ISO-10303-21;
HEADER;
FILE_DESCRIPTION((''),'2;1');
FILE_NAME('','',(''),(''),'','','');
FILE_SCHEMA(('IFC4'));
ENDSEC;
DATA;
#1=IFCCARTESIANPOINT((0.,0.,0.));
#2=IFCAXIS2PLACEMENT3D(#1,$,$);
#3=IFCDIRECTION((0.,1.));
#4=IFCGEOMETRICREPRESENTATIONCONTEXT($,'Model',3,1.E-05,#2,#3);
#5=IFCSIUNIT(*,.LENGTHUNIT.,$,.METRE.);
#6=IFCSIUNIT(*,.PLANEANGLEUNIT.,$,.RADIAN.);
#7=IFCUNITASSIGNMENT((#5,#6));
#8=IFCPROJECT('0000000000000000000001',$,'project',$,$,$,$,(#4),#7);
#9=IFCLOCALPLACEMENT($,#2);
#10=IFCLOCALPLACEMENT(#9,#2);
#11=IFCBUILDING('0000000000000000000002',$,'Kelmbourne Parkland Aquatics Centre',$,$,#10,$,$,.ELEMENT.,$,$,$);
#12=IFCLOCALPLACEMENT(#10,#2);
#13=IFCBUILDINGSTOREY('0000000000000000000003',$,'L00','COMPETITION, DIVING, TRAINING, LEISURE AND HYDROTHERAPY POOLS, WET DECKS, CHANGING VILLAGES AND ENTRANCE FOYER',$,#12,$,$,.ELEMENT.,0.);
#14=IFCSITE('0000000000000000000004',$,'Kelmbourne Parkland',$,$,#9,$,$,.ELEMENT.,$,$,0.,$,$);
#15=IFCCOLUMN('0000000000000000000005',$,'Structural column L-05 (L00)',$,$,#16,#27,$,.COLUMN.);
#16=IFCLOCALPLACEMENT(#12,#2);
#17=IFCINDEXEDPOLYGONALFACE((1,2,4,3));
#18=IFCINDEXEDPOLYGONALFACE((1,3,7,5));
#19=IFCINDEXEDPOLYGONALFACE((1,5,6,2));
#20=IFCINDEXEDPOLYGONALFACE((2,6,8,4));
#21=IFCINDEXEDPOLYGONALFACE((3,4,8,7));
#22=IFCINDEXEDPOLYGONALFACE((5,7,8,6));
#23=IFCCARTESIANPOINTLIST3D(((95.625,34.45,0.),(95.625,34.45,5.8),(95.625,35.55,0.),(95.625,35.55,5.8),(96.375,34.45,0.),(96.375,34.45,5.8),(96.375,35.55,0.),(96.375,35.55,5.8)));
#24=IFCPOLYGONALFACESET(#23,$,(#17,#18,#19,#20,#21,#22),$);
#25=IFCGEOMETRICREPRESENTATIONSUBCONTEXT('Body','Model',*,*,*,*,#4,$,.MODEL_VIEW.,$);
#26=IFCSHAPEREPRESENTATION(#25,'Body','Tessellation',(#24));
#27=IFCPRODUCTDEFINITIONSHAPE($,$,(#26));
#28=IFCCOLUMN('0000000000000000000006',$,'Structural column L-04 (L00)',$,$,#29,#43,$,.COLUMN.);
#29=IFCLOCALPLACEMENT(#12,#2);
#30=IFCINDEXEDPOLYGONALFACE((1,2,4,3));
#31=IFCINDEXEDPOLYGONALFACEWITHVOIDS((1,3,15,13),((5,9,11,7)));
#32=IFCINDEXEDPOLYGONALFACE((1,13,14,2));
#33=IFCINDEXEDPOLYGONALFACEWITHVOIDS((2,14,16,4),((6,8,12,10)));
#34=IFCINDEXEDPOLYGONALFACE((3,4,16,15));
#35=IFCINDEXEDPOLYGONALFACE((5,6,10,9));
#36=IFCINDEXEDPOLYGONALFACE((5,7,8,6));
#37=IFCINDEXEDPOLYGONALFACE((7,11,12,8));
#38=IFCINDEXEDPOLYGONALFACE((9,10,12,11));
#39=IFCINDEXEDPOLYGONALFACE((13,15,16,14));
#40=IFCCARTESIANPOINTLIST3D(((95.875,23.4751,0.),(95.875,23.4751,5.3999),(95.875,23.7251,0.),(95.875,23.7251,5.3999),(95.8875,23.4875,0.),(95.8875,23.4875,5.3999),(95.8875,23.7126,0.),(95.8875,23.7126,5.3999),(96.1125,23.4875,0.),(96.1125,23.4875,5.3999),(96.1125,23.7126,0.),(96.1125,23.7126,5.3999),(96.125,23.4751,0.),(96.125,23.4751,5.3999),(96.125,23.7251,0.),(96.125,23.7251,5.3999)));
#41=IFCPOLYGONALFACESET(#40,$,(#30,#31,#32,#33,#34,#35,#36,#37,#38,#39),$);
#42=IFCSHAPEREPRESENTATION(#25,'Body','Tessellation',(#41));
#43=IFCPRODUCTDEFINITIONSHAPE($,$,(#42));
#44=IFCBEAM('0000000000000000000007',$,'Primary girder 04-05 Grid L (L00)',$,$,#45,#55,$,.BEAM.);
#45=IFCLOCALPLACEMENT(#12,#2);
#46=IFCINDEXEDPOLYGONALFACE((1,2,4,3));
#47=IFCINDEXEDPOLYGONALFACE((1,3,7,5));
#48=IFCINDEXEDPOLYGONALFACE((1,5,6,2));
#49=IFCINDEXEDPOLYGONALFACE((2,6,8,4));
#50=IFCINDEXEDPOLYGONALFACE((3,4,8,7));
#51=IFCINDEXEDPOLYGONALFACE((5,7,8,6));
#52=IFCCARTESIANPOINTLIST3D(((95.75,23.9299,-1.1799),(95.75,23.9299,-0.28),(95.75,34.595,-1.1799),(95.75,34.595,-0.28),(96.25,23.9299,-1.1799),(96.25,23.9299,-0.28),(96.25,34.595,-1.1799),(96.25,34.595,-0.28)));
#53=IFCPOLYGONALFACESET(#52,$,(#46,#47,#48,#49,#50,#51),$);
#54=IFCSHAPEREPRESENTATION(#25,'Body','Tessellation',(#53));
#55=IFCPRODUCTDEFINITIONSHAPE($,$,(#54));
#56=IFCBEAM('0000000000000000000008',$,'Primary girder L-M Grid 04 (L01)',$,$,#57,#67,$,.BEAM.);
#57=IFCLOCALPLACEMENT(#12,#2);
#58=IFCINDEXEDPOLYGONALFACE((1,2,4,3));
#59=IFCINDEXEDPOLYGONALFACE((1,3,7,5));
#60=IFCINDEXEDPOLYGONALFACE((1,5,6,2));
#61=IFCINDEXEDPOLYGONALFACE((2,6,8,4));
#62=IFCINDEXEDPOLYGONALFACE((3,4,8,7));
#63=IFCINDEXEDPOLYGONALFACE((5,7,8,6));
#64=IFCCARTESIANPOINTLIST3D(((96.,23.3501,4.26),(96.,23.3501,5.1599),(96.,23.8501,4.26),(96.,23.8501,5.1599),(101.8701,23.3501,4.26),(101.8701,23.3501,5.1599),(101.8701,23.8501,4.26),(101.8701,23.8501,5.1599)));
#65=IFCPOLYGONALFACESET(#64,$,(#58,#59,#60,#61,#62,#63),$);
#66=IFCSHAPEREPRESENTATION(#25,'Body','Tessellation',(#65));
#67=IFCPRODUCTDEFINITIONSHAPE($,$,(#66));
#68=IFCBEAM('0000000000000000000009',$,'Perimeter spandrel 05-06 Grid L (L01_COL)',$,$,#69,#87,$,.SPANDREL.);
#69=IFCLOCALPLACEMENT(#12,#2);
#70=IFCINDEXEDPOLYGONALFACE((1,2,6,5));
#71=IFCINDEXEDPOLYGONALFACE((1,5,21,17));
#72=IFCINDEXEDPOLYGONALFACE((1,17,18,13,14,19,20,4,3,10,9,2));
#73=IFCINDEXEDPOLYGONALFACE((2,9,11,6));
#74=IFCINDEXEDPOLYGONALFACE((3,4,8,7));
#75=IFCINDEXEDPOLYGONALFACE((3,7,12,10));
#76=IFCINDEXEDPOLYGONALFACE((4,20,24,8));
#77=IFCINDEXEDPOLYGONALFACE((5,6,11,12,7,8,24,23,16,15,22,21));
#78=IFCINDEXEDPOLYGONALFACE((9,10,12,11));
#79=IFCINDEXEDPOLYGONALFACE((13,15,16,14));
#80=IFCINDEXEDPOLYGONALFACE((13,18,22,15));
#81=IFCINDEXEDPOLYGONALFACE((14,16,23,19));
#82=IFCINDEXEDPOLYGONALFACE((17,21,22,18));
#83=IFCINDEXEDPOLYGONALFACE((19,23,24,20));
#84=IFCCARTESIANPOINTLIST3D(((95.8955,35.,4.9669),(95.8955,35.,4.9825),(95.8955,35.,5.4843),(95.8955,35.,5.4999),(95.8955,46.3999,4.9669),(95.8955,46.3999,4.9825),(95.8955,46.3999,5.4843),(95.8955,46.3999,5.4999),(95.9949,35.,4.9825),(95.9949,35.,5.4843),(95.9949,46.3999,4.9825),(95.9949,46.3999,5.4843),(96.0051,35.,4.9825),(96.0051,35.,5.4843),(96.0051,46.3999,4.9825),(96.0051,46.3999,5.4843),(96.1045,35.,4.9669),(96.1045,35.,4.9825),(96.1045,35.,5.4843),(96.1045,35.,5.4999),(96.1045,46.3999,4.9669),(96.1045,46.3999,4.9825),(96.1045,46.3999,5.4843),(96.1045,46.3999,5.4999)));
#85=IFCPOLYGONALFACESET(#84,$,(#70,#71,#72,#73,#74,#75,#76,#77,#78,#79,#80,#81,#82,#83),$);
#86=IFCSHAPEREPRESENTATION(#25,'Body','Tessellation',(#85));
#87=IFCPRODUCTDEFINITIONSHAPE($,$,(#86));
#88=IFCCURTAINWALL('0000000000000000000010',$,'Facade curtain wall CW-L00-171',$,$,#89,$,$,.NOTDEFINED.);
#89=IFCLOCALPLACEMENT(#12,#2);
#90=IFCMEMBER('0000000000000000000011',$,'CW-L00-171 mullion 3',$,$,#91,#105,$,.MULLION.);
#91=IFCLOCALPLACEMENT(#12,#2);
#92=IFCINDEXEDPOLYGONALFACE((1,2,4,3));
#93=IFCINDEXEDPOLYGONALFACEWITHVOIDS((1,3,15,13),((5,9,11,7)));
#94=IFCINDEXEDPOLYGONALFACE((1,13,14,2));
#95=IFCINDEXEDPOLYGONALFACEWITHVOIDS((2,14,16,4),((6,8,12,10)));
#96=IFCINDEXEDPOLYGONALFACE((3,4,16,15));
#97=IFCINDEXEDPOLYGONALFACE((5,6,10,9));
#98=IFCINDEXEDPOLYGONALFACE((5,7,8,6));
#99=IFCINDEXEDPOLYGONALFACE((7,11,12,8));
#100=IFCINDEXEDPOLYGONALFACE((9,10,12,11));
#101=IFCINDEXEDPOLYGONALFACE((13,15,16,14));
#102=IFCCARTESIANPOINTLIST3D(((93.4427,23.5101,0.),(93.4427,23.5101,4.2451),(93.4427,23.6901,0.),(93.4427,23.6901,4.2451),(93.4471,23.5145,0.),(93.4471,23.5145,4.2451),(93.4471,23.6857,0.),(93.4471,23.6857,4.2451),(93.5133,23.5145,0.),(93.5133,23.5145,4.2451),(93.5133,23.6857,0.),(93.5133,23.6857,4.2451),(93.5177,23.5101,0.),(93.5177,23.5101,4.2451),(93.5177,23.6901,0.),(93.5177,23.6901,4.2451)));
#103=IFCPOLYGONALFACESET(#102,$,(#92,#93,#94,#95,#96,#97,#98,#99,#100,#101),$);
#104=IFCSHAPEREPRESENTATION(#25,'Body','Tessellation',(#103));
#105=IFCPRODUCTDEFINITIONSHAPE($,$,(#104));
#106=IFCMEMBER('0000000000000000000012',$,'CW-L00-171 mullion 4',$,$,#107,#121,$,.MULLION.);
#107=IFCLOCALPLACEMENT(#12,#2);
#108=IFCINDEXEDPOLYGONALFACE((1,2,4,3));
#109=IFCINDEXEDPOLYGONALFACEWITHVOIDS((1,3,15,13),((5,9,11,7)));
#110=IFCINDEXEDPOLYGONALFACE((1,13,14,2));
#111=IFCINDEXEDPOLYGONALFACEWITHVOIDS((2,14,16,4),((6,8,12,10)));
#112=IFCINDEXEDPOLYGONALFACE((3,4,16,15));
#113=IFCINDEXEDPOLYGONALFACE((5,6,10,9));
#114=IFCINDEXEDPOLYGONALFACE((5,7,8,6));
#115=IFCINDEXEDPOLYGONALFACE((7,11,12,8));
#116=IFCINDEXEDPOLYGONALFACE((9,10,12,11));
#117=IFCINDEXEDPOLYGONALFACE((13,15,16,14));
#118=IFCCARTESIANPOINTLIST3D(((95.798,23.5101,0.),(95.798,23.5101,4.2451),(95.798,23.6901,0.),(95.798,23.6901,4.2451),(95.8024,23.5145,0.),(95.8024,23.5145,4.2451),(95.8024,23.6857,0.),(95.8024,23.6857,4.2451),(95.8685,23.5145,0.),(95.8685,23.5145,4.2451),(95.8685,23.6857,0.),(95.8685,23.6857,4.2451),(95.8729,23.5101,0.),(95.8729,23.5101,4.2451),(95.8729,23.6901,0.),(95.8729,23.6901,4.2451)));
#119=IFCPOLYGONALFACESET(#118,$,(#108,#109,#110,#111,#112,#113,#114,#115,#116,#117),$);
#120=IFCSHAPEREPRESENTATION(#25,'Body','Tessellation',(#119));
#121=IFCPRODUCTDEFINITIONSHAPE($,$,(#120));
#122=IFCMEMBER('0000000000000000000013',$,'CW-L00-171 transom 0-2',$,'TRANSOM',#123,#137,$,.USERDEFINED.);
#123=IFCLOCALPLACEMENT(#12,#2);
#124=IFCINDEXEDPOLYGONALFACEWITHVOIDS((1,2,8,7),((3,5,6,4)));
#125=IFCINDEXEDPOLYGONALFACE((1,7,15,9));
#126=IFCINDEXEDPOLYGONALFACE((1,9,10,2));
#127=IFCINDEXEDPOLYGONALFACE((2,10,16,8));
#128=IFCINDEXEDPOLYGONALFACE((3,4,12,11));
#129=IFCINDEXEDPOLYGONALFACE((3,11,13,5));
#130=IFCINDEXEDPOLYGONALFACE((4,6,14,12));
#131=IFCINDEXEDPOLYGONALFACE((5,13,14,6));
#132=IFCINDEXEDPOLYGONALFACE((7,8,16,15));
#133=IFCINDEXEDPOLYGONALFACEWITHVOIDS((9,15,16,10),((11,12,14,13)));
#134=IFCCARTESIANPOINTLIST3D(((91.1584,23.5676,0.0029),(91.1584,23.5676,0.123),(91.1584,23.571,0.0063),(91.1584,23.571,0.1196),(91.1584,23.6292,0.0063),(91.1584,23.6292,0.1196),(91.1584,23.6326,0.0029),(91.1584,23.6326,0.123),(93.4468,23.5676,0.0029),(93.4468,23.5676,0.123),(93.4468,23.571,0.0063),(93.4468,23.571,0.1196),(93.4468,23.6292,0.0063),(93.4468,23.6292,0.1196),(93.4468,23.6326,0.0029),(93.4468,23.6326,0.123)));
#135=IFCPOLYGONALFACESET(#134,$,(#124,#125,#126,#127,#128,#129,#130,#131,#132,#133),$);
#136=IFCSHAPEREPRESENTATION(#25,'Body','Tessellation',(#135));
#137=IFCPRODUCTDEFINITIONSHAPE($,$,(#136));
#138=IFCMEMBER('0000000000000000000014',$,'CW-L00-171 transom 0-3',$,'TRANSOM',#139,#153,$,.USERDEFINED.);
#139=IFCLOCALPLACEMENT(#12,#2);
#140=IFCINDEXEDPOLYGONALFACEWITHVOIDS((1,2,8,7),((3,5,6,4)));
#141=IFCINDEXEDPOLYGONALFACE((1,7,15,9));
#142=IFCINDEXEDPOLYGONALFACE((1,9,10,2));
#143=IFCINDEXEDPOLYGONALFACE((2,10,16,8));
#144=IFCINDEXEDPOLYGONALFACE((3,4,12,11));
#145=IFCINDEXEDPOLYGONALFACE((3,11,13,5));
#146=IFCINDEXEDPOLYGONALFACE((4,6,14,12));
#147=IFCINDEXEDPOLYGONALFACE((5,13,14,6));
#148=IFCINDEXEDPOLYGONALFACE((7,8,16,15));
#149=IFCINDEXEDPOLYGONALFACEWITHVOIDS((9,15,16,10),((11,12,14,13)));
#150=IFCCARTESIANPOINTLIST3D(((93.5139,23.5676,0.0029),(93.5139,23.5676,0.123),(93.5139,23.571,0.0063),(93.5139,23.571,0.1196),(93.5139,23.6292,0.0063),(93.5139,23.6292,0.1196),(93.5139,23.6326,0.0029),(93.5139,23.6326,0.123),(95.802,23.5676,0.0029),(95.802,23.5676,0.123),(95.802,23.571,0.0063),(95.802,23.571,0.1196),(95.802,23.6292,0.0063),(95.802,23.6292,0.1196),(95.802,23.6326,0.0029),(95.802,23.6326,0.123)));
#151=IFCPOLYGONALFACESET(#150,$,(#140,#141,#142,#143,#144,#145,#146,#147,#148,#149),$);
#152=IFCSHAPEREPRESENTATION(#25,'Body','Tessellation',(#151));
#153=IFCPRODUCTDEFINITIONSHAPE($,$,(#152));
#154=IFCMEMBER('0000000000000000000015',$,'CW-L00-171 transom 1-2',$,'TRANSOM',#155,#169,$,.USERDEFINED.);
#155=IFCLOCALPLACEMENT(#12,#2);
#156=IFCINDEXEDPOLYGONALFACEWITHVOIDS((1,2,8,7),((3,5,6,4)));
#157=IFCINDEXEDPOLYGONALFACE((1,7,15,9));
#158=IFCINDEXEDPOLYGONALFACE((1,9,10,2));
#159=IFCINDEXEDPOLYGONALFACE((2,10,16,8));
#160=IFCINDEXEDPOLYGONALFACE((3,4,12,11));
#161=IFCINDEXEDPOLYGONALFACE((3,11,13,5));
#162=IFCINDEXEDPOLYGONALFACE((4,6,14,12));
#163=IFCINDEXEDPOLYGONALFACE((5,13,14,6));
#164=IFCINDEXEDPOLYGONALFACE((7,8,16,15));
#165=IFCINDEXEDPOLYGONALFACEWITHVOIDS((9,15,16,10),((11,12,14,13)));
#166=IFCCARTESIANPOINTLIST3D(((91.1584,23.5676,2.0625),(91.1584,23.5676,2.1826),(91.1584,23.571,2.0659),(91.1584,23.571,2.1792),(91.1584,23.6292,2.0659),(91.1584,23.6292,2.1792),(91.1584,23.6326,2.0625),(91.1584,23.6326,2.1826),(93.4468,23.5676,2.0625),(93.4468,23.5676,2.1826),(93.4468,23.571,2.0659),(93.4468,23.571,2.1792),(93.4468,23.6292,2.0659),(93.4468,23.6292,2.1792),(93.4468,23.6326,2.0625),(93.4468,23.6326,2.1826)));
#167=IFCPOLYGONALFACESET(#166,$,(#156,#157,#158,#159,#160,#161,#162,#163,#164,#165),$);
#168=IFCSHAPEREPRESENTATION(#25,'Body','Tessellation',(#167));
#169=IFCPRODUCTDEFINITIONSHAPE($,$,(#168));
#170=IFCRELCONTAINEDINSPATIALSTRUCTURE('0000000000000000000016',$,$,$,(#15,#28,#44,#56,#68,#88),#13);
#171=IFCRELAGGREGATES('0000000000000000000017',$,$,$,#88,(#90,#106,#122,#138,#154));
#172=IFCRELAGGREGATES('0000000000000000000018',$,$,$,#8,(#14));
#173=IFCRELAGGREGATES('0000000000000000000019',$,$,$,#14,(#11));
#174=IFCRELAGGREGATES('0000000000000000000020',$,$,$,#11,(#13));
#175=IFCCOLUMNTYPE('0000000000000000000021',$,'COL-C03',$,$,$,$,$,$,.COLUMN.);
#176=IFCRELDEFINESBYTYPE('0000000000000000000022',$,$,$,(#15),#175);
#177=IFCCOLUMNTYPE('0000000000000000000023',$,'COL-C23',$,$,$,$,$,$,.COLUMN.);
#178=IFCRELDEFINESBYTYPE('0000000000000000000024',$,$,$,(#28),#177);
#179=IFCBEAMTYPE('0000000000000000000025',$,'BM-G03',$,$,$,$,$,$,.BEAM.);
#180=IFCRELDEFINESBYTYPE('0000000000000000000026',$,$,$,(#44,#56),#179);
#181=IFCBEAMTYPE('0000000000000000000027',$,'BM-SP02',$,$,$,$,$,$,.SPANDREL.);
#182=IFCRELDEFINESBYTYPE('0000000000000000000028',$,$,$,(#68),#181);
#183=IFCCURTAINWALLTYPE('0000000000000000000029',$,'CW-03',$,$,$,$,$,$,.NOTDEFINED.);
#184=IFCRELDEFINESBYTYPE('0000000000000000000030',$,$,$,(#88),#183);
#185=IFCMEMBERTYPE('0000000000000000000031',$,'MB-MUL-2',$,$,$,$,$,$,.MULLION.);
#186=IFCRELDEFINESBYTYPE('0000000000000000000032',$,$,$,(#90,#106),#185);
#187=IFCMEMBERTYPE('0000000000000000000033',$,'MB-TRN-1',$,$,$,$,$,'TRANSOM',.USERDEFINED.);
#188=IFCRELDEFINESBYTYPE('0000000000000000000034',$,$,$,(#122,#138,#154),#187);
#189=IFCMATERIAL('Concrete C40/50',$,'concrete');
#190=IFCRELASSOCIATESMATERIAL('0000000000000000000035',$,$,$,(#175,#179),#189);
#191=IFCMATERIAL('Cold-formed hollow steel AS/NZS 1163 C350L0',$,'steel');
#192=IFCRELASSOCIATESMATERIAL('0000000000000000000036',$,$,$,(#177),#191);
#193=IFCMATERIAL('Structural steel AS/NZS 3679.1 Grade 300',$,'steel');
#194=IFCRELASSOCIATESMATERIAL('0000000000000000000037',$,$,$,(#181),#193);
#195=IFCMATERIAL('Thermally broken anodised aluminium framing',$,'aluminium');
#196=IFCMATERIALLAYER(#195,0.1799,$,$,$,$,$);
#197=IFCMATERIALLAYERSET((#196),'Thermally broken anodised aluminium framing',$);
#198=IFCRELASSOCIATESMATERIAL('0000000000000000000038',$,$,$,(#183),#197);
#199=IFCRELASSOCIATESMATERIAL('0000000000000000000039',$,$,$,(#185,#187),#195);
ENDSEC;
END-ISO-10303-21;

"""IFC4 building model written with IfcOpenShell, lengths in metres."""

from ifc_helpers import new_model, si_unit, direction, frame, origin, origin_2d, place, context, subcontext, project, spatial, rectangle, hollow_rectangle, i_section, extrude, material, layer, layer_set, material_profile, profile_set, type_object, element, aggregate, save


model = new_model("IFC4")

# Units and contexts
model_context = context("Model", 3, precision=1e-05, world=origin(), true_north=direction((0.0, 1.0)))
body_context = subcontext(model_context, "Body", "Model", "MODEL_VIEW")
ifc_project = project(units=[si_unit("LENGTHUNIT", "METRE"), si_unit("PLANEANGLEUNIT", "RADIAN")], contexts=[model_context])

# Site, building, storey
site_placement = place(None, origin())
site = spatial("IfcSite", under=ifc_project, at=site_placement, Name="Kelmbourne Parkland", CompositionType="ELEMENT", RefElevation=0.0)
building_placement = place(site_placement, origin())
building = spatial("IfcBuilding", under=site, at=building_placement, Name="Kelmbourne Parkland Aquatics Centre", CompositionType="ELEMENT")
storey_placement = place(building_placement, origin())
storey = spatial("IfcBuildingStorey", under=building, at=storey_placement, Name="L00", Description="COMPETITION, DIVING, TRAINING, LEISURE AND HYDROTHERAPY POOLS, WET DECKS, CHANGING VILLAGES AND ENTRANCE FOYER", CompositionType="ELEMENT", Elevation=0.0)

# Columns
ifc_material_1 = material(Name="Concrete C40/50", Category="concrete")
ifc_material_profile_1 = material_profile(ifc_material_1, rectangle(XDim=0.75, YDim=1.1001, at=origin_2d()), Name="RC 750x1100")
ifc_profile_set_1 = profile_set([ifc_material_profile_1], Name="Concrete C40/50")
column_type_1 = type_object("IfcColumnType", Name="COL-C03", PredefinedType="COLUMN", material=ifc_profile_set_1)
column_1_placement = place(storey_placement, frame((96.0, 35.0, 0.0), z_axis=(0.0, 0.0, 1.0), x_axis=(1.0, 0.0, 0.0)))
element("IfcColumn", 1, at=column_1_placement, inside=storey, type_object=column_type_1, Name="Structural column L-05 (L00)", PredefinedType="COLUMN", context=body_context, shape_type="SweptSolid", body=[
    extrude(rectangle(XDim=0.75, YDim=1.1001, at=origin_2d()), origin(), (0.0, 0.0, 1.0), 5.8),
])
ifc_material_2 = material(Name="Cold-formed hollow steel AS/NZS 1163 C350L0", Category="steel")
ifc_material_profile_2 = material_profile(ifc_material_2, hollow_rectangle(XDim=0.25, YDim=0.25, WallThickness=0.0125, at=origin_2d()), Name="SHS 250x250x12.5")
ifc_profile_set_2 = profile_set([ifc_material_profile_2], Name="Cold-formed hollow steel AS/NZS 1163 C350L0")
column_type_2 = type_object("IfcColumnType", Name="COL-C23", PredefinedType="COLUMN", material=ifc_profile_set_2)
column_2_placement = place(storey_placement, frame((96.0, 23.6001, 0.0), z_axis=(0.0, 0.0, 1.0), x_axis=(1.0, 0.0, 0.0)))
element("IfcColumn", 2, at=column_2_placement, inside=storey, type_object=column_type_2, Name="Structural column L-04 (L00)", PredefinedType="COLUMN", context=body_context, shape_type="SweptSolid", body=[
    extrude(hollow_rectangle(XDim=0.25, YDim=0.25, WallThickness=0.0125, at=origin_2d()), origin(), (0.0, 0.0, 1.0), 5.3999),
])

# Beams
ifc_material_profile_3 = material_profile(ifc_material_1, rectangle(XDim=0.5, YDim=0.8999, at=origin_2d()), Name="RC 500x900")
ifc_profile_set_3 = profile_set([ifc_material_profile_3], Name="Concrete C40/50")
beam_type_1 = type_object("IfcBeamType", Name="BM-G03", PredefinedType="BEAM", material=ifc_profile_set_3)
beam_1_placement = place(storey_placement, frame((96.0, 23.9299, -0.73), z_axis=(0.0, 1.0, 0.0), x_axis=(-1.0, 0.0, 0.0)))
element("IfcBeam", 3, at=beam_1_placement, inside=storey, type_object=beam_type_1, Name="Primary girder 04-05 Grid L (L00)", PredefinedType="BEAM", context=body_context, shape_type="SweptSolid", body=[
    extrude(rectangle(XDim=0.5, YDim=0.8999, at=origin_2d()), origin(), (0.0, 0.0, 1.0), 10.665),
])
beam_2_placement = place(storey_placement, frame((96.0, 23.6001, 4.71), z_axis=(1.0, 0.0, 0.0), x_axis=(0.0, 1.0, 0.0)))
element("IfcBeam", 4, at=beam_2_placement, inside=storey, type_object=beam_type_1, Name="Primary girder L-M Grid 04 (L01)", PredefinedType="BEAM", context=body_context, shape_type="SweptSolid", body=[
    extrude(rectangle(XDim=0.5, YDim=0.8999, at=origin_2d()), origin(), (0.0, 0.0, 1.0), 5.8701),
])
ifc_material_3 = material(Name="Structural steel AS/NZS 3679.1 Grade 300", Category="steel")
ifc_material_profile_4 = material_profile(ifc_material_3, i_section(OverallWidth=0.209, OverallDepth=0.533, WebThickness=0.0103, FlangeThickness=0.0156, at=origin_2d()), Name="530UB92.4")
ifc_profile_set_4 = profile_set([ifc_material_profile_4], Name="Structural steel AS/NZS 3679.1 Grade 300")
beam_type_2 = type_object("IfcBeamType", Name="BM-SP02", PredefinedType="SPANDREL", material=ifc_profile_set_4)
beam_3_placement = place(storey_placement, frame((96.0, 35.0, 5.2334), z_axis=(0.0, 1.0, 0.0), x_axis=(-1.0, 0.0, 0.0)))
element("IfcBeam", 5, at=beam_3_placement, inside=storey, type_object=beam_type_2, Name="Perimeter spandrel 05-06 Grid L (L01_COL)", PredefinedType="SPANDREL", context=body_context, shape_type="SweptSolid", body=[
    extrude(i_section(OverallWidth=0.209, OverallDepth=0.533, WebThickness=0.0103, FlangeThickness=0.0156, at=origin_2d()), origin(), (0.0, 0.0, 1.0), 11.3999),
])

# Curtain wall, members
ifc_material_4 = material(Name="Thermally broken anodised aluminium framing", Category="aluminium")
ifc_layer_1 = layer(ifc_material_4, 0.1799)
ifc_layer_set_1 = layer_set([ifc_layer_1], Name="Thermally broken anodised aluminium framing")
curtain_wall_type = type_object("IfcCurtainWallType", Name="CW-03", PredefinedType="NOTDEFINED", material=ifc_layer_set_1)
curtain_wall_placement = place(storey_placement, origin())
curtain_wall = element("IfcCurtainWall", 6, at=curtain_wall_placement, inside=storey, type_object=curtain_wall_type, Name="Facade curtain wall CW-L00-171", PredefinedType="NOTDEFINED")
ifc_material_profile_5 = material_profile(ifc_material_4, hollow_rectangle(XDim=0.075, YDim=0.1799, WallThickness=0.0044, at=origin_2d()), Name="CW-M 75x180")
ifc_profile_set_5 = profile_set([ifc_material_profile_5], Name="Thermally broken anodised aluminium framing")
member_type_1 = type_object("IfcMemberType", Name="MB-MUL-2", PredefinedType="MULLION", material=ifc_profile_set_5)
member_1_placement = place(storey_placement, frame((93.4802, 23.6001, 0.0), z_axis=(0.0, 0.0, 1.0), x_axis=(1.0, 0.0, 0.0)))
member_1 = element("IfcMember", 7, at=member_1_placement, type_object=member_type_1, Name="CW-L00-171 mullion 3", PredefinedType="MULLION", context=body_context, shape_type="SweptSolid", body=[
    extrude(hollow_rectangle(XDim=0.075, YDim=0.1799, WallThickness=0.0044, at=origin_2d()), origin(), (0.0, 0.0, 1.0), 4.2451),
])
member_2_placement = place(storey_placement, frame((95.8354, 23.6001, 0.0), z_axis=(0.0, 0.0, 1.0), x_axis=(1.0, 0.0, 0.0)))
member_2 = element("IfcMember", 8, at=member_2_placement, type_object=member_type_1, Name="CW-L00-171 mullion 4", PredefinedType="MULLION", context=body_context, shape_type="SweptSolid", body=[
    extrude(hollow_rectangle(XDim=0.075, YDim=0.1799, WallThickness=0.0044, at=origin_2d()), origin(), (0.0, 0.0, 1.0), 4.2451),
])
ifc_material_profile_6 = material_profile(ifc_material_4, hollow_rectangle(XDim=0.0649, YDim=0.1201, WallThickness=0.0034, at=origin_2d()), Name="CW-T 65x120")
ifc_profile_set_6 = profile_set([ifc_material_profile_6], Name="Thermally broken anodised aluminium framing")
member_type_2 = type_object("IfcMemberType", Name="MB-TRN-1", ElementType="TRANSOM", PredefinedType="USERDEFINED", material=ifc_profile_set_6)
member_3_placement = place(storey_placement, frame((91.1584, 23.6001, 0.063), z_axis=(1.0, 0.0, 0.0), x_axis=(0.0, 1.0, 0.0)))
member_3 = element("IfcMember", 9, at=member_3_placement, type_object=member_type_2, Name="CW-L00-171 transom 0-2", ObjectType="TRANSOM", PredefinedType="USERDEFINED", context=body_context, shape_type="SweptSolid", body=[
    extrude(hollow_rectangle(XDim=0.0649, YDim=0.1201, WallThickness=0.0034, at=origin_2d()), origin(), (0.0, 0.0, 1.0), 2.2883),
])
member_4_placement = place(storey_placement, frame((93.5139, 23.6001, 0.063), z_axis=(1.0, 0.0, 0.0), x_axis=(0.0, 1.0, 0.0)))
member_4 = element("IfcMember", 10, at=member_4_placement, type_object=member_type_2, Name="CW-L00-171 transom 0-3", ObjectType="TRANSOM", PredefinedType="USERDEFINED", context=body_context, shape_type="SweptSolid", body=[
    extrude(hollow_rectangle(XDim=0.0649, YDim=0.1201, WallThickness=0.0034, at=origin_2d()), origin(), (0.0, 0.0, 1.0), 2.2881),
])
member_5_placement = place(storey_placement, frame((91.1584, 23.6001, 2.1226), z_axis=(1.0, 0.0, 0.0), x_axis=(0.0, 1.0, 0.0)))
member_5 = element("IfcMember", 11, at=member_5_placement, type_object=member_type_2, Name="CW-L00-171 transom 1-2", ObjectType="TRANSOM", PredefinedType="USERDEFINED", context=body_context, shape_type="SweptSolid", body=[
    extrude(hollow_rectangle(XDim=0.0649, YDim=0.1201, WallThickness=0.0034, at=origin_2d()), origin(), (0.0, 0.0, 1.0), 2.2883),
])

aggregate(curtain_wall, [member_1, member_2, member_3, member_4, member_5])

save(model, "model.ifc")
